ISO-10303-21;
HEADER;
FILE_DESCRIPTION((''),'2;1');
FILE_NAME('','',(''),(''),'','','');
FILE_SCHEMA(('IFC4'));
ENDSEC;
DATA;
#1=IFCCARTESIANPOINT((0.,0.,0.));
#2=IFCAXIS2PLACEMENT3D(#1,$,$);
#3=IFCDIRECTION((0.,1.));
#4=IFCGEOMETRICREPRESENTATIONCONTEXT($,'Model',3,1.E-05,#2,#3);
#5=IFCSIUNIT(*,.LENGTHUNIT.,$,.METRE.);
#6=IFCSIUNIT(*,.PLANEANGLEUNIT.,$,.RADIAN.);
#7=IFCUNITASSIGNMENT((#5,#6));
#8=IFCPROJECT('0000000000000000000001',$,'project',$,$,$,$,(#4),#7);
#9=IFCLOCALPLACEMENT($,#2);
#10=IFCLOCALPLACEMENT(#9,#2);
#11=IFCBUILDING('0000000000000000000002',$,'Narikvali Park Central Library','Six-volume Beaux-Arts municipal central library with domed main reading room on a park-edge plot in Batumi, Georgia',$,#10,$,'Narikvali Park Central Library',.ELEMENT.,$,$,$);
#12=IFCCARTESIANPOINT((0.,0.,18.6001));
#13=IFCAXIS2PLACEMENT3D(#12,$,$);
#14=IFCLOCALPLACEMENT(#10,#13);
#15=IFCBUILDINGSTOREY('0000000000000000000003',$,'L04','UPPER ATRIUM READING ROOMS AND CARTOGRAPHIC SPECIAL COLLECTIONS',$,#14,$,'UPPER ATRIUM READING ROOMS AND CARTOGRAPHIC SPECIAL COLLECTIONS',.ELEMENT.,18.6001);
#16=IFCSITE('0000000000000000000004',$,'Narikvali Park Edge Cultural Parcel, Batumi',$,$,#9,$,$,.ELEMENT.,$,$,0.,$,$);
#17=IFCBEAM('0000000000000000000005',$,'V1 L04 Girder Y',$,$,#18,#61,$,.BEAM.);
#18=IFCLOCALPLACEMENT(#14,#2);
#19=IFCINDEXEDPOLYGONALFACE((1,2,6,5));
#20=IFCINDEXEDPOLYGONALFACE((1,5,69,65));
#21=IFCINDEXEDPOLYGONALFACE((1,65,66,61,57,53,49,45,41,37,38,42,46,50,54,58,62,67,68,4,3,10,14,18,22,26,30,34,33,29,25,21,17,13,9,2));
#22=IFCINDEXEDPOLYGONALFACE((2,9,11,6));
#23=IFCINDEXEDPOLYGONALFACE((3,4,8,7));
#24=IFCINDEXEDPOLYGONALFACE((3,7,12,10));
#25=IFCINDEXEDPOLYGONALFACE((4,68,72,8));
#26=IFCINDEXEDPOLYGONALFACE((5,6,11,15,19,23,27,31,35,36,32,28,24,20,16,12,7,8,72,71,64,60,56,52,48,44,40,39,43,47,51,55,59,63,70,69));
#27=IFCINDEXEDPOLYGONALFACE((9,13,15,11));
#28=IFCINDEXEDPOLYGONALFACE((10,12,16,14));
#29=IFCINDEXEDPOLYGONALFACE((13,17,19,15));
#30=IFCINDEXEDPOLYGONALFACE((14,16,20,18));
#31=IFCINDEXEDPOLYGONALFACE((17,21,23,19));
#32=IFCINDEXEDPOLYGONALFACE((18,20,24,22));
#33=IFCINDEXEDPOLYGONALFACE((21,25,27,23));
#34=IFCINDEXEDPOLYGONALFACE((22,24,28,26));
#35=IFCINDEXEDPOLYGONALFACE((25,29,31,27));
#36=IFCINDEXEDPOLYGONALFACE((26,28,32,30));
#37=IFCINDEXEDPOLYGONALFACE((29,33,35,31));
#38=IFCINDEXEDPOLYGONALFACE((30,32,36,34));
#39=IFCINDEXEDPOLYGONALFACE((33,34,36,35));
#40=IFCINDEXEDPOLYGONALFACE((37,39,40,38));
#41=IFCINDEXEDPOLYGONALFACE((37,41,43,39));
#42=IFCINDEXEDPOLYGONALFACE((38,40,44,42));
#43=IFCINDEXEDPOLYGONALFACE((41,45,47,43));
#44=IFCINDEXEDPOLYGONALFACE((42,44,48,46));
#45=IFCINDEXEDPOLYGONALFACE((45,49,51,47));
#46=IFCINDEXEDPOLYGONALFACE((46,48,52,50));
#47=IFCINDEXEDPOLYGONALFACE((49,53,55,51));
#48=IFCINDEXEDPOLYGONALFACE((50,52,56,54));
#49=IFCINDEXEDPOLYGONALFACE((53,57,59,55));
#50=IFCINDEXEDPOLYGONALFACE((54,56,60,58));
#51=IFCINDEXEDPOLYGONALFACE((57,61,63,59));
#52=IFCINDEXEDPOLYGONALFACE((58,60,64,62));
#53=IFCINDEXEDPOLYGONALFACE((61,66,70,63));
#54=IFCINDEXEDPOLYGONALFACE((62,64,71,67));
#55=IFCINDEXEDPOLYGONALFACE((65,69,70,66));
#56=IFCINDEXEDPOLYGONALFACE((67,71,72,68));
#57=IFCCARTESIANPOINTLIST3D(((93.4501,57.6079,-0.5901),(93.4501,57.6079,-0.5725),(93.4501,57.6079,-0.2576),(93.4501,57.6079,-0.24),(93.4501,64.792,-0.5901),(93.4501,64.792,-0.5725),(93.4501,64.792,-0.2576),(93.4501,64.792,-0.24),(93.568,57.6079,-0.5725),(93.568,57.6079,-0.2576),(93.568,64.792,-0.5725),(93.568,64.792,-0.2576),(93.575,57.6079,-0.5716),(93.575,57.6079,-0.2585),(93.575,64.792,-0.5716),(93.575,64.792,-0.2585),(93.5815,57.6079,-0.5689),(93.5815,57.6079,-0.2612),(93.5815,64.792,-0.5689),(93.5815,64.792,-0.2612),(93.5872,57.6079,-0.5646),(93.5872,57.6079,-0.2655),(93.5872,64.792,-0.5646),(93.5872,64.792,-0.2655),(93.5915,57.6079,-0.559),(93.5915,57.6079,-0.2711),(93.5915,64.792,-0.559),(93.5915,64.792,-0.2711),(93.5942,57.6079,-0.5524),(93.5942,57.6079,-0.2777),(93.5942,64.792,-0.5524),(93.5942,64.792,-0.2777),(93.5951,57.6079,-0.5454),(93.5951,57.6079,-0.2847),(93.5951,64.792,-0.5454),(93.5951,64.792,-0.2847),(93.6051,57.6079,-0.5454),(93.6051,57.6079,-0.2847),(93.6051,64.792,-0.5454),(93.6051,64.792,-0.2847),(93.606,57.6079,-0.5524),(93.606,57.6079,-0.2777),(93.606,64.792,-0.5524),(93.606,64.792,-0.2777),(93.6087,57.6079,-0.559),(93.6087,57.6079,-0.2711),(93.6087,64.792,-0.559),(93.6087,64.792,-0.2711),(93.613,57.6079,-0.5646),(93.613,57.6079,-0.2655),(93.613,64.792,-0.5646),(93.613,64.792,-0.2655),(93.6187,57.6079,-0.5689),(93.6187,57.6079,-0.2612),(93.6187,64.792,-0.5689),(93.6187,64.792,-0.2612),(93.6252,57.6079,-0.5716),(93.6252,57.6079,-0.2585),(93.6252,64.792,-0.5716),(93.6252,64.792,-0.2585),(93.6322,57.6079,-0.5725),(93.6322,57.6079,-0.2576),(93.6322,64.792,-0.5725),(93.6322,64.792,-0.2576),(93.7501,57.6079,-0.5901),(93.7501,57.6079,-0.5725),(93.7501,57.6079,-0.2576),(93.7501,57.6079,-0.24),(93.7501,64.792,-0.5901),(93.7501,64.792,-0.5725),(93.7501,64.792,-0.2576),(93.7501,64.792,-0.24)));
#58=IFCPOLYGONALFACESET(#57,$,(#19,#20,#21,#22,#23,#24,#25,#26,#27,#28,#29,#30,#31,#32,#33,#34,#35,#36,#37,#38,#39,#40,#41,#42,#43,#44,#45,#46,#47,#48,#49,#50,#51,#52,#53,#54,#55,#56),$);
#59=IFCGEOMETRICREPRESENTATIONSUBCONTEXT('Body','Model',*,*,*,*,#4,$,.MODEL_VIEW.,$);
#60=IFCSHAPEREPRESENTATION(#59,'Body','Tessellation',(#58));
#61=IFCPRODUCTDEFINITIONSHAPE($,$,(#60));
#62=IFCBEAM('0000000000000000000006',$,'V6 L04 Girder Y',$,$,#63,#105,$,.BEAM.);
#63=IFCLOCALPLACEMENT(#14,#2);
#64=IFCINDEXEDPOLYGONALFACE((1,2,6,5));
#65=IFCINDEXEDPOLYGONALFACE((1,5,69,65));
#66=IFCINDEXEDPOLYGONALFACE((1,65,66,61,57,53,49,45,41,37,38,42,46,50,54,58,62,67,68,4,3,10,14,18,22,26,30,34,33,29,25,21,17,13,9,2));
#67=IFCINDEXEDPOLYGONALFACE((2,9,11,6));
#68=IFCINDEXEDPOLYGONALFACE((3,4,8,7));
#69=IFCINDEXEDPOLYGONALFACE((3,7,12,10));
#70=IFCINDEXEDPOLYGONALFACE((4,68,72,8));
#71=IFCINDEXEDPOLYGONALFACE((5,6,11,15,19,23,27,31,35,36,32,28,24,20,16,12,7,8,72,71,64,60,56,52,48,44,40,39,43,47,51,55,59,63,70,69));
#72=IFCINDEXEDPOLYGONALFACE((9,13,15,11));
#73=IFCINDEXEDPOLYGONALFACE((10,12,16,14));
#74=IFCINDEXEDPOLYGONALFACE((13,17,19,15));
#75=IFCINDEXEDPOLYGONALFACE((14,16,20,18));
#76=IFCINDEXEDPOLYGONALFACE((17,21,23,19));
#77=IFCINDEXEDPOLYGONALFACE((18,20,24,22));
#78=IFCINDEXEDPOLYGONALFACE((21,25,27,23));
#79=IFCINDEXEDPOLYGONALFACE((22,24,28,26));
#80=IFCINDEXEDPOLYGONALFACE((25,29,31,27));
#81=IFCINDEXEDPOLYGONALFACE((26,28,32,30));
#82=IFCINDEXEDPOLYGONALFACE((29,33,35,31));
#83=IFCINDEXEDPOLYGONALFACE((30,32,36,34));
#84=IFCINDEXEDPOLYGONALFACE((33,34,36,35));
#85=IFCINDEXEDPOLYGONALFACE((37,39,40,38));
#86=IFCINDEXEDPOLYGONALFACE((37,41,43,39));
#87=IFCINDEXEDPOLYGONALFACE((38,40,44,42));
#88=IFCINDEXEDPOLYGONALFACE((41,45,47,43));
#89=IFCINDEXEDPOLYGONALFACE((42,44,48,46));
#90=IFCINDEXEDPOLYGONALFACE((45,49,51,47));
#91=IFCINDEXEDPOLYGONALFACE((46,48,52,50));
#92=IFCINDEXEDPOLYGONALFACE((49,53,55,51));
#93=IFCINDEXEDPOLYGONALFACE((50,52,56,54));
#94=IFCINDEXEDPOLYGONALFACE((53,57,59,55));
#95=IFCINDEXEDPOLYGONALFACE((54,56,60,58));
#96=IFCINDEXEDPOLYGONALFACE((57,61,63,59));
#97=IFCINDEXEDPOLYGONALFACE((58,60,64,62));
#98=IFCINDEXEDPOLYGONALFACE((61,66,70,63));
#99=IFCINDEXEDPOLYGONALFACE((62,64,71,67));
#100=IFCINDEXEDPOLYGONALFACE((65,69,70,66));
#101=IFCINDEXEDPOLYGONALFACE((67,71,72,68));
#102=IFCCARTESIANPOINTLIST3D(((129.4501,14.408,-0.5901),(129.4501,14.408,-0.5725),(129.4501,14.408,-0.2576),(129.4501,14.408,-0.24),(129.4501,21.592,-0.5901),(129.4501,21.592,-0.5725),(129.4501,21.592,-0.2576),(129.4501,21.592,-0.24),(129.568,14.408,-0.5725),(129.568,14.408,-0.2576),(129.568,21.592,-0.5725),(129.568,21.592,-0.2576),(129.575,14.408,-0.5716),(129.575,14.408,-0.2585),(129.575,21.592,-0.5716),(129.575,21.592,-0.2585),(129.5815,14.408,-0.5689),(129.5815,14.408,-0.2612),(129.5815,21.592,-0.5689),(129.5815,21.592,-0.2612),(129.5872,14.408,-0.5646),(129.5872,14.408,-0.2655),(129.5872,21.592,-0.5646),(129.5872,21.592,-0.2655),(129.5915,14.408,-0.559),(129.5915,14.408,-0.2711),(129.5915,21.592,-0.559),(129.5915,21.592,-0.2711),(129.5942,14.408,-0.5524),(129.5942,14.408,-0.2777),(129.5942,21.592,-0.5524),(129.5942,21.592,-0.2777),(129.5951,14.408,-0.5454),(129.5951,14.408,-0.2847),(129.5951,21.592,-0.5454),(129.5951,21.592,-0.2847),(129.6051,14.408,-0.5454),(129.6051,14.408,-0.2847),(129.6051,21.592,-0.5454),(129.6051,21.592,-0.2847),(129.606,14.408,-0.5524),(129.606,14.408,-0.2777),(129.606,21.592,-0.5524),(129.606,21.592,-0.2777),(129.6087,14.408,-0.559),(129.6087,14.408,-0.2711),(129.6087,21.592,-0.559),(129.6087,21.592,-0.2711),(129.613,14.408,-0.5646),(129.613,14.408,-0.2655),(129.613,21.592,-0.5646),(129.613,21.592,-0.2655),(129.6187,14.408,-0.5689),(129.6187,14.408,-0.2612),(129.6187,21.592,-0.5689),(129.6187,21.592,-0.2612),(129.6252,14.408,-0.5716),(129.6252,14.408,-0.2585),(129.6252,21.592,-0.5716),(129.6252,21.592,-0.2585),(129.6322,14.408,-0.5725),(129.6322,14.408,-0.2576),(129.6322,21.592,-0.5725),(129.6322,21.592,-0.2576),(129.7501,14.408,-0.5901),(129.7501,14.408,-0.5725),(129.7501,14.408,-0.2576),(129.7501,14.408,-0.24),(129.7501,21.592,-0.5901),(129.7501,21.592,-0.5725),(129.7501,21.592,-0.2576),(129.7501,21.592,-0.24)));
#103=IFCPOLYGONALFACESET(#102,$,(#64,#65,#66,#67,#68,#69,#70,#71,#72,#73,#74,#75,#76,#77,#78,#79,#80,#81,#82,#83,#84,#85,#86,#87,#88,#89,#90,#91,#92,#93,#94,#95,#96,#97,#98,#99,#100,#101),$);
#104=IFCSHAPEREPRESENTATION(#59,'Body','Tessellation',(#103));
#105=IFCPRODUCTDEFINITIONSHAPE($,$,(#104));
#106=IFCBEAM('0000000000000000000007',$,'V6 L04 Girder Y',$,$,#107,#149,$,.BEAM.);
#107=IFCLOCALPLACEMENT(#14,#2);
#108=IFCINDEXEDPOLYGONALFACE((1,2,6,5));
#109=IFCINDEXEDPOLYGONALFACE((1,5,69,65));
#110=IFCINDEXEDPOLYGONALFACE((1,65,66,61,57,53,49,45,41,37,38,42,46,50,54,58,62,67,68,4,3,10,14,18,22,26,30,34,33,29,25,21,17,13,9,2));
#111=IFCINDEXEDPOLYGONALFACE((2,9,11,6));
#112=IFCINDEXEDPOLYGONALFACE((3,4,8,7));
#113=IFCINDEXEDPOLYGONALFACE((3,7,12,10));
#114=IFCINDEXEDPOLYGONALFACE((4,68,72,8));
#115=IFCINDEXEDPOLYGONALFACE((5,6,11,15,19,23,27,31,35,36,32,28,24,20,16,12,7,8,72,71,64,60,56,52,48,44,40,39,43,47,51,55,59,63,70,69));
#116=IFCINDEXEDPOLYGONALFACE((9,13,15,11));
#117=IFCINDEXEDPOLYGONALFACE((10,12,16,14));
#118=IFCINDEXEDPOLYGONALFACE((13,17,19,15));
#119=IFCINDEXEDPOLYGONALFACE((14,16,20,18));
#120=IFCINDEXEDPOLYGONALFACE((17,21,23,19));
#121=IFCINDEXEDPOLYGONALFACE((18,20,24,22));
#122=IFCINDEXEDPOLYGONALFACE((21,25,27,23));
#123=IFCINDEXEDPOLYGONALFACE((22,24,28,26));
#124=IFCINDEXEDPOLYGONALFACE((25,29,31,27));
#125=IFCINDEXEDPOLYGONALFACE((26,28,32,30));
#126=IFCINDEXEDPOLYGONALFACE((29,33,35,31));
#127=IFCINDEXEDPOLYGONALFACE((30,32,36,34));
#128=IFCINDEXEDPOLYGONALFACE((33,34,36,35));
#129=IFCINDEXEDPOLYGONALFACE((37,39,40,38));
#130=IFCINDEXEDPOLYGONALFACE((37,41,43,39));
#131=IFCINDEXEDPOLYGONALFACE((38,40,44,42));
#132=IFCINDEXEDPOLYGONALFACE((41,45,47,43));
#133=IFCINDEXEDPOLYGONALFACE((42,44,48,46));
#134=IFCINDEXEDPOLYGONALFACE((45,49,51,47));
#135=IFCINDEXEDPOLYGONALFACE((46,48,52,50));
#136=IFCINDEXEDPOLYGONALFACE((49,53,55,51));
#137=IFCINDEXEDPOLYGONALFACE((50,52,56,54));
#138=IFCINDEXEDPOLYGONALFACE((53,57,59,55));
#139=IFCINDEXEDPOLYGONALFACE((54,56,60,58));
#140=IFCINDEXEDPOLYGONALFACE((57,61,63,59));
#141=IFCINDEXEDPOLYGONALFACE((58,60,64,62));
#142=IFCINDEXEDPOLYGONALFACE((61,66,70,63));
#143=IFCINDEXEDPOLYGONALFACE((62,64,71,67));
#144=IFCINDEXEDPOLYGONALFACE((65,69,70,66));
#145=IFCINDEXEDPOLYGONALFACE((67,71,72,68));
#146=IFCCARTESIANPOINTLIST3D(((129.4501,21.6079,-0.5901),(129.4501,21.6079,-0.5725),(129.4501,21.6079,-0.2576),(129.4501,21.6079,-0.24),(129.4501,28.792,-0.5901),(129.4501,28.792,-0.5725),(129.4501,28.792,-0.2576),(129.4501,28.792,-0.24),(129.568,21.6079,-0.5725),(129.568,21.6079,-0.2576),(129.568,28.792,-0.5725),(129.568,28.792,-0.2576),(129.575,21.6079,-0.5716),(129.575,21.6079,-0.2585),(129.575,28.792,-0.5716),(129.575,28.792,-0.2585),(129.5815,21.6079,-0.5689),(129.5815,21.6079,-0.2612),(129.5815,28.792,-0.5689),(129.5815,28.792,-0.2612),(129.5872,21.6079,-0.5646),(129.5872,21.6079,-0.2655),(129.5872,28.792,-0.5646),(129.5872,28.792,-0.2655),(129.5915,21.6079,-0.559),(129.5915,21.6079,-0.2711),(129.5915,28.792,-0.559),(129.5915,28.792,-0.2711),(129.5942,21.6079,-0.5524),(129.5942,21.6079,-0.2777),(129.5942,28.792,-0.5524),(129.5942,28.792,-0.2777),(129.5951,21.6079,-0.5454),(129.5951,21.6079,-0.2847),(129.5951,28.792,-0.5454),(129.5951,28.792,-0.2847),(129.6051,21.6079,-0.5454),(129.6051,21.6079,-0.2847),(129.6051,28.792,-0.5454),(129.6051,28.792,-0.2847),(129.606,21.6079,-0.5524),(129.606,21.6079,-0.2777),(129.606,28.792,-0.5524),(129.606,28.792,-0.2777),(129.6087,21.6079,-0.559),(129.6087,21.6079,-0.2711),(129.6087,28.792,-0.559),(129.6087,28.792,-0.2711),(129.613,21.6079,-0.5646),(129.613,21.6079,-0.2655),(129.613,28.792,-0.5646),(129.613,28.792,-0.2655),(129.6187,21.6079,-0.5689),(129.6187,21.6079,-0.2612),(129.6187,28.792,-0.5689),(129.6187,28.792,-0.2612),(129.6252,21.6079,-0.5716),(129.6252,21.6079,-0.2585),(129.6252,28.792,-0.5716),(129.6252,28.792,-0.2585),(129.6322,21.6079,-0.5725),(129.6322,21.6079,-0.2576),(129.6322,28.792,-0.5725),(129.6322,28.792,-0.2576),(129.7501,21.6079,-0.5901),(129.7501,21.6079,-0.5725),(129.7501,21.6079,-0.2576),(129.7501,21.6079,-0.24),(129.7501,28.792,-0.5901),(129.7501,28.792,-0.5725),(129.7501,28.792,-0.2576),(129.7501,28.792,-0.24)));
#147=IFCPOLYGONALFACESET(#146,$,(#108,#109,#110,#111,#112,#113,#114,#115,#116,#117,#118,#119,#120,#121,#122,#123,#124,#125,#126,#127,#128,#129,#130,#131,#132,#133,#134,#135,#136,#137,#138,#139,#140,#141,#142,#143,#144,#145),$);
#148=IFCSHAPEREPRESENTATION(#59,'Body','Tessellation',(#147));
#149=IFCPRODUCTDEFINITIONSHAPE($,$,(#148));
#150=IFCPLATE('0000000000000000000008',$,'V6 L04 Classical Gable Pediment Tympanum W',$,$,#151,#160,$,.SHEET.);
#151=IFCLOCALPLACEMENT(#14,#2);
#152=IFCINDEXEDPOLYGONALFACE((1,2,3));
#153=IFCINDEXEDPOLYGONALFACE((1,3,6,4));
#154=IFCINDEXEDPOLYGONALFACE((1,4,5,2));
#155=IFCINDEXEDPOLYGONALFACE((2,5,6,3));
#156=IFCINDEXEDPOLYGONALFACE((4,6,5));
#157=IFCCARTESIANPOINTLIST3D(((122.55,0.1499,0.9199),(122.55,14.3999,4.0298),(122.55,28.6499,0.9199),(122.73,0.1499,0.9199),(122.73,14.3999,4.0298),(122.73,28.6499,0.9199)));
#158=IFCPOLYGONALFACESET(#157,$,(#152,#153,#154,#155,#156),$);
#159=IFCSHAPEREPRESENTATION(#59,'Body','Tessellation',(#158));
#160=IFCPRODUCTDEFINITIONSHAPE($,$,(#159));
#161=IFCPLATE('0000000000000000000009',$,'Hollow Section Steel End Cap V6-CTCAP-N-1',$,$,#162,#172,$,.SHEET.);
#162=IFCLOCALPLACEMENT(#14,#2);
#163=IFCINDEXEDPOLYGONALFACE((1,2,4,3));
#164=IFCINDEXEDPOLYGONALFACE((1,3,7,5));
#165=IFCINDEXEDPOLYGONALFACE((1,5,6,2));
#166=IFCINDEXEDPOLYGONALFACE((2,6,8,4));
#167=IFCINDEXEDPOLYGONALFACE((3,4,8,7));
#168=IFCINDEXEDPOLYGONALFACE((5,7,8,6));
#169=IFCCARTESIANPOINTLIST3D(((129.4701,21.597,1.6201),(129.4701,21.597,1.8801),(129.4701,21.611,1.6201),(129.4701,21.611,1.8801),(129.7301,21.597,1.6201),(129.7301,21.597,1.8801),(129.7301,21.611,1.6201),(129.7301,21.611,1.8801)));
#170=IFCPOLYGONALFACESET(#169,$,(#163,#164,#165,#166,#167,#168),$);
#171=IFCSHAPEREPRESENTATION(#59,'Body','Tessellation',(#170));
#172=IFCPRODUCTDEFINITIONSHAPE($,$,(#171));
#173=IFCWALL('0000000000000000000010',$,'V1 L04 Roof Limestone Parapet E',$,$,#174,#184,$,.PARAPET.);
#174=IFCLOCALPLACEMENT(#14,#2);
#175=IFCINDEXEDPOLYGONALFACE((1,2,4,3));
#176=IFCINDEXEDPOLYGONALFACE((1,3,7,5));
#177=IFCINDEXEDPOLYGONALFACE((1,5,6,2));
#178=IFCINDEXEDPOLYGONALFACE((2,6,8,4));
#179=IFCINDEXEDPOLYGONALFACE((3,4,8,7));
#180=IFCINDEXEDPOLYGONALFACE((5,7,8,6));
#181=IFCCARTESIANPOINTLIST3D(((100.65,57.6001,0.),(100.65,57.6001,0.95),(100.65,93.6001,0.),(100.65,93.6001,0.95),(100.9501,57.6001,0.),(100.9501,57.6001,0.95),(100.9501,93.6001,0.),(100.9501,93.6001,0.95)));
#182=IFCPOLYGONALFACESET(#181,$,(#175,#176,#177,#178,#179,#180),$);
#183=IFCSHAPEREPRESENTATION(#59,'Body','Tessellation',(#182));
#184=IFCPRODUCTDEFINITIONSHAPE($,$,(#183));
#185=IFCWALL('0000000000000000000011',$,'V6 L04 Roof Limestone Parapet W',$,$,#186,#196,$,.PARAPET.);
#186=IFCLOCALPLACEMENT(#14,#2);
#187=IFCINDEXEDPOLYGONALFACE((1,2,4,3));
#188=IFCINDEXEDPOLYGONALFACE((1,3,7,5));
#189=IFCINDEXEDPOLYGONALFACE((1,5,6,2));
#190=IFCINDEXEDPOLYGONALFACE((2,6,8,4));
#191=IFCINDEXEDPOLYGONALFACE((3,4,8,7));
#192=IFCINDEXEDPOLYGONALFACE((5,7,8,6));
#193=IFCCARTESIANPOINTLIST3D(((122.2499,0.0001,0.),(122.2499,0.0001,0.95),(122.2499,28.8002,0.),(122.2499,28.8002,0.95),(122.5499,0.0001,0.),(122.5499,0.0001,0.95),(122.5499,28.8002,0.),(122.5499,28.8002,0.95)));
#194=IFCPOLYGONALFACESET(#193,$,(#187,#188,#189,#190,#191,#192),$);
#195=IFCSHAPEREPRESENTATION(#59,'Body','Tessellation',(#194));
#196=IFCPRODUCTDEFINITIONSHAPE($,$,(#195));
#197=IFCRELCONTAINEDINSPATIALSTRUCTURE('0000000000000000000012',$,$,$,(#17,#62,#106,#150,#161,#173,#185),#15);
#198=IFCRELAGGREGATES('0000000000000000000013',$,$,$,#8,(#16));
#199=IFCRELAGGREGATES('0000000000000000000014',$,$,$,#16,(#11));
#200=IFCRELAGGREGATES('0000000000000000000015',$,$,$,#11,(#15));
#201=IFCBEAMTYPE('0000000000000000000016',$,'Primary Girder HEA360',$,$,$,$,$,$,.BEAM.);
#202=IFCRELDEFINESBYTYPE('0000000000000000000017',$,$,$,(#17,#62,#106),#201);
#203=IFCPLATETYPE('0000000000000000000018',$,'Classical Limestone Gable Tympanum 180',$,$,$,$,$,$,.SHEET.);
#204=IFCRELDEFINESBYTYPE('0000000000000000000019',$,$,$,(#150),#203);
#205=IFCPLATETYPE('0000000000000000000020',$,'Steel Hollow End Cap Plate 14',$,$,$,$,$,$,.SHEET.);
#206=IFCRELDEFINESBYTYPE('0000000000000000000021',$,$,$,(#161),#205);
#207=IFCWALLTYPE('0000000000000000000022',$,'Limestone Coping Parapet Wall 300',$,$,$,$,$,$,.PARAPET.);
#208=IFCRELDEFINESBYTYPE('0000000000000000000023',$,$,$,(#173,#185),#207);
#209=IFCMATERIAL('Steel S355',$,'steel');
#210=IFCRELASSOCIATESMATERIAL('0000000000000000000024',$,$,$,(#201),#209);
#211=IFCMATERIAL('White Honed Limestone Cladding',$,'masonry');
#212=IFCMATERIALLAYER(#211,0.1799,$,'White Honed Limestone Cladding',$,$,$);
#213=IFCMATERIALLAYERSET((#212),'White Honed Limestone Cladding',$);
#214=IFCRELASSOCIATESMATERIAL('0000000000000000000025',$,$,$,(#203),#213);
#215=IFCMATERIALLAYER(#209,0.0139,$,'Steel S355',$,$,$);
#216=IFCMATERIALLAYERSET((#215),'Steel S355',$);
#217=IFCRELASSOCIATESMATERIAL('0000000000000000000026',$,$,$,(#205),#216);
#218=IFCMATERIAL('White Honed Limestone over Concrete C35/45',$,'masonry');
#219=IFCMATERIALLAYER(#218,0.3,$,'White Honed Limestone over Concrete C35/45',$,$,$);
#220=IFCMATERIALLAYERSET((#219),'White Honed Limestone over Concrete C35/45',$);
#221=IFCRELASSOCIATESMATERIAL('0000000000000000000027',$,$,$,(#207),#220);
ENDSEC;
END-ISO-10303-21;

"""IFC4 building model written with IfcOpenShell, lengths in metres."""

from ifc_helpers import new_model, si_unit, direction, frame, frame_2d, origin, origin_2d, place, context, subcontext, project, spatial, polyline, rectangle, i_section, outline, extrude, material, layer, layer_set, material_profile, profile_set, type_object, element, save


model = new_model("IFC4")

# Units and contexts
model_context = context("Model", 3, precision=1e-05, world=origin(), true_north=direction((0.0, 1.0)))
body_context = subcontext(model_context, "Body", "Model", "MODEL_VIEW")
ifc_project = project(units=[si_unit("LENGTHUNIT", "METRE"), si_unit("PLANEANGLEUNIT", "RADIAN")], contexts=[model_context])

# Site, building, storey
site_placement = place(None, origin())
site = spatial("IfcSite", under=ifc_project, at=site_placement, Name="Narikvali Park Edge Cultural Parcel, Batumi", CompositionType="ELEMENT", RefElevation=0.0)
building_placement = place(site_placement, origin())
building = spatial("IfcBuilding", under=site, at=building_placement, Name="Narikvali Park Central Library", Description="Six-volume Beaux-Arts municipal central library with domed main reading room on a park-edge plot in Batumi, Georgia", LongName="Narikvali Park Central Library", CompositionType="ELEMENT")
storey_placement = place(building_placement, frame((0.0, 0.0, 18.6001)))
storey = spatial("IfcBuildingStorey", under=building, at=storey_placement, Name="L04", Description="UPPER ATRIUM READING ROOMS AND CARTOGRAPHIC SPECIAL COLLECTIONS", LongName="UPPER ATRIUM READING ROOMS AND CARTOGRAPHIC SPECIAL COLLECTIONS", CompositionType="ELEMENT", Elevation=18.6001)

# Beams
ifc_material_1 = material(Name="Steel S355", Category="steel")
ifc_material_profile_1 = material_profile(ifc_material_1, i_section(OverallWidth=0.3, OverallDepth=0.3501, WebThickness=0.01, FlangeThickness=0.0176, FilletRadius=0.0271, at=origin_2d()), Name="HEA 360")
ifc_profile_set_1 = profile_set([ifc_material_profile_1], Name="Steel S355")
beam_type_1 = type_object("IfcBeamType", Name="Primary Girder HEA360", PredefinedType="BEAM", material=ifc_profile_set_1)
for number, where, z_axis, x_axis, name in (
    (1, (93.6001, 57.6079, -0.415), (0.0, 1.0, 0.0), (-1.0, 0.0, 0.0), "V1 L04 Girder Y"),
    (2, (129.6001, 14.408, -0.415), (0.0, 1.0, 0.0), (-1.0, 0.0, 0.0), "V6 L04 Girder Y"),
    (3, (129.6001, 21.6079, -0.415), (0.0, 1.0, 0.0), (-1.0, 0.0, 0.0), "V6 L04 Girder Y"),
):
    element("IfcBeam", number, at=place(storey_placement, frame(where, z_axis=z_axis, x_axis=x_axis)), inside=storey, type_object=beam_type_1, Name=name, PredefinedType="BEAM", context=body_context, shape_type="SweptSolid", body=[
        extrude(i_section(OverallWidth=0.3, OverallDepth=0.3501, WebThickness=0.01, FlangeThickness=0.0176, FilletRadius=0.0271, at=origin_2d()), origin(), (0.0, 0.0, 1.0), 7.1841),
    ])

# Plates
ifc_material_2 = material(Name="White Honed Limestone Cladding", Category="masonry")
ifc_layer_1 = layer(ifc_material_2, 0.1799, Name="White Honed Limestone Cladding")
ifc_layer_set_1 = layer_set([ifc_layer_1], Name="White Honed Limestone Cladding")
plate_type_1 = type_object("IfcPlateType", Name="Classical Limestone Gable Tympanum 180", PredefinedType="SHEET", material=ifc_layer_set_1)
plate_1_placement = place(storey_placement, frame((122.55, 28.6499, 0.9199), z_axis=(-1.0, 0.0, 0.0), x_axis=(0.0, -1.0, 0.0)))
element("IfcPlate", 4, at=plate_1_placement, inside=storey, type_object=plate_type_1, Name="V6 L04 Classical Gable Pediment Tympanum W", PredefinedType="SHEET", context=body_context, shape_type="SweptSolid", body=[
    extrude(outline(polyline([(0.0, 0.0), (28.5, 0.0), (14.25, 3.1099), (0.0, 0.0)])), origin(), (0.0, 0.0, -1.0), 0.1799),
])
ifc_layer_2 = layer(ifc_material_1, 0.0139, Name="Steel S355")
ifc_layer_set_2 = layer_set([ifc_layer_2], Name="Steel S355")
plate_type_2 = type_object("IfcPlateType", Name="Steel Hollow End Cap Plate 14", PredefinedType="SHEET", material=ifc_layer_set_2)
plate_2_placement = place(storey_placement, frame((129.6001, 21.604, 1.6201), z_axis=(0.0, 0.0, 1.0), x_axis=(1.0, 0.0, 0.0)))
element("IfcPlate", 5, at=plate_2_placement, inside=storey, type_object=plate_type_2, Name="Hollow Section Steel End Cap V6-CTCAP-N-1", PredefinedType="SHEET", context=body_context, shape_type="SweptSolid", body=[
    extrude(rectangle(XDim=0.26, YDim=0.0139, at=origin_2d()), origin(), (0.0, 0.0, 1.0), 0.26),
])

# Walls
ifc_material_3 = material(Name="White Honed Limestone over Concrete C35/45", Category="masonry")
ifc_layer_3 = layer(ifc_material_3, 0.3, Name="White Honed Limestone over Concrete C35/45")
ifc_layer_set_3 = layer_set([ifc_layer_3], Name="White Honed Limestone over Concrete C35/45")
wall_type = type_object("IfcWallType", Name="Limestone Coping Parapet Wall 300", PredefinedType="PARAPET", material=ifc_layer_set_3)
wall_1_placement = place(storey_placement, frame((100.8, 57.6001, 0.0), z_axis=(0.0, 0.0, 1.0), x_axis=(0.0, 1.0, 0.0)))
element("IfcWall", 6, at=wall_1_placement, inside=storey, type_object=wall_type, Name="V1 L04 Roof Limestone Parapet E", PredefinedType="PARAPET", context=body_context, shape_type="SweptSolid", body=[
    extrude(rectangle(XDim=36.0, YDim=0.3, at=frame_2d((18.0, 0.0))), origin(), (0.0, 0.0, 1.0), 0.95),
])
wall_2_placement = place(storey_placement, frame((122.3999, 28.8, 0.0), z_axis=(0.0, 0.0, 1.0), x_axis=(0.0, -1.0, 0.0)))
element("IfcWall", 7, at=wall_2_placement, inside=storey, type_object=wall_type, Name="V6 L04 Roof Limestone Parapet W", PredefinedType="PARAPET", context=body_context, shape_type="SweptSolid", body=[
    extrude(rectangle(XDim=28.8, YDim=0.3, at=frame_2d((14.3999, 0.0))), origin(), (0.0, 0.0, 1.0), 0.95),
])

save(model, "model.ifc")
